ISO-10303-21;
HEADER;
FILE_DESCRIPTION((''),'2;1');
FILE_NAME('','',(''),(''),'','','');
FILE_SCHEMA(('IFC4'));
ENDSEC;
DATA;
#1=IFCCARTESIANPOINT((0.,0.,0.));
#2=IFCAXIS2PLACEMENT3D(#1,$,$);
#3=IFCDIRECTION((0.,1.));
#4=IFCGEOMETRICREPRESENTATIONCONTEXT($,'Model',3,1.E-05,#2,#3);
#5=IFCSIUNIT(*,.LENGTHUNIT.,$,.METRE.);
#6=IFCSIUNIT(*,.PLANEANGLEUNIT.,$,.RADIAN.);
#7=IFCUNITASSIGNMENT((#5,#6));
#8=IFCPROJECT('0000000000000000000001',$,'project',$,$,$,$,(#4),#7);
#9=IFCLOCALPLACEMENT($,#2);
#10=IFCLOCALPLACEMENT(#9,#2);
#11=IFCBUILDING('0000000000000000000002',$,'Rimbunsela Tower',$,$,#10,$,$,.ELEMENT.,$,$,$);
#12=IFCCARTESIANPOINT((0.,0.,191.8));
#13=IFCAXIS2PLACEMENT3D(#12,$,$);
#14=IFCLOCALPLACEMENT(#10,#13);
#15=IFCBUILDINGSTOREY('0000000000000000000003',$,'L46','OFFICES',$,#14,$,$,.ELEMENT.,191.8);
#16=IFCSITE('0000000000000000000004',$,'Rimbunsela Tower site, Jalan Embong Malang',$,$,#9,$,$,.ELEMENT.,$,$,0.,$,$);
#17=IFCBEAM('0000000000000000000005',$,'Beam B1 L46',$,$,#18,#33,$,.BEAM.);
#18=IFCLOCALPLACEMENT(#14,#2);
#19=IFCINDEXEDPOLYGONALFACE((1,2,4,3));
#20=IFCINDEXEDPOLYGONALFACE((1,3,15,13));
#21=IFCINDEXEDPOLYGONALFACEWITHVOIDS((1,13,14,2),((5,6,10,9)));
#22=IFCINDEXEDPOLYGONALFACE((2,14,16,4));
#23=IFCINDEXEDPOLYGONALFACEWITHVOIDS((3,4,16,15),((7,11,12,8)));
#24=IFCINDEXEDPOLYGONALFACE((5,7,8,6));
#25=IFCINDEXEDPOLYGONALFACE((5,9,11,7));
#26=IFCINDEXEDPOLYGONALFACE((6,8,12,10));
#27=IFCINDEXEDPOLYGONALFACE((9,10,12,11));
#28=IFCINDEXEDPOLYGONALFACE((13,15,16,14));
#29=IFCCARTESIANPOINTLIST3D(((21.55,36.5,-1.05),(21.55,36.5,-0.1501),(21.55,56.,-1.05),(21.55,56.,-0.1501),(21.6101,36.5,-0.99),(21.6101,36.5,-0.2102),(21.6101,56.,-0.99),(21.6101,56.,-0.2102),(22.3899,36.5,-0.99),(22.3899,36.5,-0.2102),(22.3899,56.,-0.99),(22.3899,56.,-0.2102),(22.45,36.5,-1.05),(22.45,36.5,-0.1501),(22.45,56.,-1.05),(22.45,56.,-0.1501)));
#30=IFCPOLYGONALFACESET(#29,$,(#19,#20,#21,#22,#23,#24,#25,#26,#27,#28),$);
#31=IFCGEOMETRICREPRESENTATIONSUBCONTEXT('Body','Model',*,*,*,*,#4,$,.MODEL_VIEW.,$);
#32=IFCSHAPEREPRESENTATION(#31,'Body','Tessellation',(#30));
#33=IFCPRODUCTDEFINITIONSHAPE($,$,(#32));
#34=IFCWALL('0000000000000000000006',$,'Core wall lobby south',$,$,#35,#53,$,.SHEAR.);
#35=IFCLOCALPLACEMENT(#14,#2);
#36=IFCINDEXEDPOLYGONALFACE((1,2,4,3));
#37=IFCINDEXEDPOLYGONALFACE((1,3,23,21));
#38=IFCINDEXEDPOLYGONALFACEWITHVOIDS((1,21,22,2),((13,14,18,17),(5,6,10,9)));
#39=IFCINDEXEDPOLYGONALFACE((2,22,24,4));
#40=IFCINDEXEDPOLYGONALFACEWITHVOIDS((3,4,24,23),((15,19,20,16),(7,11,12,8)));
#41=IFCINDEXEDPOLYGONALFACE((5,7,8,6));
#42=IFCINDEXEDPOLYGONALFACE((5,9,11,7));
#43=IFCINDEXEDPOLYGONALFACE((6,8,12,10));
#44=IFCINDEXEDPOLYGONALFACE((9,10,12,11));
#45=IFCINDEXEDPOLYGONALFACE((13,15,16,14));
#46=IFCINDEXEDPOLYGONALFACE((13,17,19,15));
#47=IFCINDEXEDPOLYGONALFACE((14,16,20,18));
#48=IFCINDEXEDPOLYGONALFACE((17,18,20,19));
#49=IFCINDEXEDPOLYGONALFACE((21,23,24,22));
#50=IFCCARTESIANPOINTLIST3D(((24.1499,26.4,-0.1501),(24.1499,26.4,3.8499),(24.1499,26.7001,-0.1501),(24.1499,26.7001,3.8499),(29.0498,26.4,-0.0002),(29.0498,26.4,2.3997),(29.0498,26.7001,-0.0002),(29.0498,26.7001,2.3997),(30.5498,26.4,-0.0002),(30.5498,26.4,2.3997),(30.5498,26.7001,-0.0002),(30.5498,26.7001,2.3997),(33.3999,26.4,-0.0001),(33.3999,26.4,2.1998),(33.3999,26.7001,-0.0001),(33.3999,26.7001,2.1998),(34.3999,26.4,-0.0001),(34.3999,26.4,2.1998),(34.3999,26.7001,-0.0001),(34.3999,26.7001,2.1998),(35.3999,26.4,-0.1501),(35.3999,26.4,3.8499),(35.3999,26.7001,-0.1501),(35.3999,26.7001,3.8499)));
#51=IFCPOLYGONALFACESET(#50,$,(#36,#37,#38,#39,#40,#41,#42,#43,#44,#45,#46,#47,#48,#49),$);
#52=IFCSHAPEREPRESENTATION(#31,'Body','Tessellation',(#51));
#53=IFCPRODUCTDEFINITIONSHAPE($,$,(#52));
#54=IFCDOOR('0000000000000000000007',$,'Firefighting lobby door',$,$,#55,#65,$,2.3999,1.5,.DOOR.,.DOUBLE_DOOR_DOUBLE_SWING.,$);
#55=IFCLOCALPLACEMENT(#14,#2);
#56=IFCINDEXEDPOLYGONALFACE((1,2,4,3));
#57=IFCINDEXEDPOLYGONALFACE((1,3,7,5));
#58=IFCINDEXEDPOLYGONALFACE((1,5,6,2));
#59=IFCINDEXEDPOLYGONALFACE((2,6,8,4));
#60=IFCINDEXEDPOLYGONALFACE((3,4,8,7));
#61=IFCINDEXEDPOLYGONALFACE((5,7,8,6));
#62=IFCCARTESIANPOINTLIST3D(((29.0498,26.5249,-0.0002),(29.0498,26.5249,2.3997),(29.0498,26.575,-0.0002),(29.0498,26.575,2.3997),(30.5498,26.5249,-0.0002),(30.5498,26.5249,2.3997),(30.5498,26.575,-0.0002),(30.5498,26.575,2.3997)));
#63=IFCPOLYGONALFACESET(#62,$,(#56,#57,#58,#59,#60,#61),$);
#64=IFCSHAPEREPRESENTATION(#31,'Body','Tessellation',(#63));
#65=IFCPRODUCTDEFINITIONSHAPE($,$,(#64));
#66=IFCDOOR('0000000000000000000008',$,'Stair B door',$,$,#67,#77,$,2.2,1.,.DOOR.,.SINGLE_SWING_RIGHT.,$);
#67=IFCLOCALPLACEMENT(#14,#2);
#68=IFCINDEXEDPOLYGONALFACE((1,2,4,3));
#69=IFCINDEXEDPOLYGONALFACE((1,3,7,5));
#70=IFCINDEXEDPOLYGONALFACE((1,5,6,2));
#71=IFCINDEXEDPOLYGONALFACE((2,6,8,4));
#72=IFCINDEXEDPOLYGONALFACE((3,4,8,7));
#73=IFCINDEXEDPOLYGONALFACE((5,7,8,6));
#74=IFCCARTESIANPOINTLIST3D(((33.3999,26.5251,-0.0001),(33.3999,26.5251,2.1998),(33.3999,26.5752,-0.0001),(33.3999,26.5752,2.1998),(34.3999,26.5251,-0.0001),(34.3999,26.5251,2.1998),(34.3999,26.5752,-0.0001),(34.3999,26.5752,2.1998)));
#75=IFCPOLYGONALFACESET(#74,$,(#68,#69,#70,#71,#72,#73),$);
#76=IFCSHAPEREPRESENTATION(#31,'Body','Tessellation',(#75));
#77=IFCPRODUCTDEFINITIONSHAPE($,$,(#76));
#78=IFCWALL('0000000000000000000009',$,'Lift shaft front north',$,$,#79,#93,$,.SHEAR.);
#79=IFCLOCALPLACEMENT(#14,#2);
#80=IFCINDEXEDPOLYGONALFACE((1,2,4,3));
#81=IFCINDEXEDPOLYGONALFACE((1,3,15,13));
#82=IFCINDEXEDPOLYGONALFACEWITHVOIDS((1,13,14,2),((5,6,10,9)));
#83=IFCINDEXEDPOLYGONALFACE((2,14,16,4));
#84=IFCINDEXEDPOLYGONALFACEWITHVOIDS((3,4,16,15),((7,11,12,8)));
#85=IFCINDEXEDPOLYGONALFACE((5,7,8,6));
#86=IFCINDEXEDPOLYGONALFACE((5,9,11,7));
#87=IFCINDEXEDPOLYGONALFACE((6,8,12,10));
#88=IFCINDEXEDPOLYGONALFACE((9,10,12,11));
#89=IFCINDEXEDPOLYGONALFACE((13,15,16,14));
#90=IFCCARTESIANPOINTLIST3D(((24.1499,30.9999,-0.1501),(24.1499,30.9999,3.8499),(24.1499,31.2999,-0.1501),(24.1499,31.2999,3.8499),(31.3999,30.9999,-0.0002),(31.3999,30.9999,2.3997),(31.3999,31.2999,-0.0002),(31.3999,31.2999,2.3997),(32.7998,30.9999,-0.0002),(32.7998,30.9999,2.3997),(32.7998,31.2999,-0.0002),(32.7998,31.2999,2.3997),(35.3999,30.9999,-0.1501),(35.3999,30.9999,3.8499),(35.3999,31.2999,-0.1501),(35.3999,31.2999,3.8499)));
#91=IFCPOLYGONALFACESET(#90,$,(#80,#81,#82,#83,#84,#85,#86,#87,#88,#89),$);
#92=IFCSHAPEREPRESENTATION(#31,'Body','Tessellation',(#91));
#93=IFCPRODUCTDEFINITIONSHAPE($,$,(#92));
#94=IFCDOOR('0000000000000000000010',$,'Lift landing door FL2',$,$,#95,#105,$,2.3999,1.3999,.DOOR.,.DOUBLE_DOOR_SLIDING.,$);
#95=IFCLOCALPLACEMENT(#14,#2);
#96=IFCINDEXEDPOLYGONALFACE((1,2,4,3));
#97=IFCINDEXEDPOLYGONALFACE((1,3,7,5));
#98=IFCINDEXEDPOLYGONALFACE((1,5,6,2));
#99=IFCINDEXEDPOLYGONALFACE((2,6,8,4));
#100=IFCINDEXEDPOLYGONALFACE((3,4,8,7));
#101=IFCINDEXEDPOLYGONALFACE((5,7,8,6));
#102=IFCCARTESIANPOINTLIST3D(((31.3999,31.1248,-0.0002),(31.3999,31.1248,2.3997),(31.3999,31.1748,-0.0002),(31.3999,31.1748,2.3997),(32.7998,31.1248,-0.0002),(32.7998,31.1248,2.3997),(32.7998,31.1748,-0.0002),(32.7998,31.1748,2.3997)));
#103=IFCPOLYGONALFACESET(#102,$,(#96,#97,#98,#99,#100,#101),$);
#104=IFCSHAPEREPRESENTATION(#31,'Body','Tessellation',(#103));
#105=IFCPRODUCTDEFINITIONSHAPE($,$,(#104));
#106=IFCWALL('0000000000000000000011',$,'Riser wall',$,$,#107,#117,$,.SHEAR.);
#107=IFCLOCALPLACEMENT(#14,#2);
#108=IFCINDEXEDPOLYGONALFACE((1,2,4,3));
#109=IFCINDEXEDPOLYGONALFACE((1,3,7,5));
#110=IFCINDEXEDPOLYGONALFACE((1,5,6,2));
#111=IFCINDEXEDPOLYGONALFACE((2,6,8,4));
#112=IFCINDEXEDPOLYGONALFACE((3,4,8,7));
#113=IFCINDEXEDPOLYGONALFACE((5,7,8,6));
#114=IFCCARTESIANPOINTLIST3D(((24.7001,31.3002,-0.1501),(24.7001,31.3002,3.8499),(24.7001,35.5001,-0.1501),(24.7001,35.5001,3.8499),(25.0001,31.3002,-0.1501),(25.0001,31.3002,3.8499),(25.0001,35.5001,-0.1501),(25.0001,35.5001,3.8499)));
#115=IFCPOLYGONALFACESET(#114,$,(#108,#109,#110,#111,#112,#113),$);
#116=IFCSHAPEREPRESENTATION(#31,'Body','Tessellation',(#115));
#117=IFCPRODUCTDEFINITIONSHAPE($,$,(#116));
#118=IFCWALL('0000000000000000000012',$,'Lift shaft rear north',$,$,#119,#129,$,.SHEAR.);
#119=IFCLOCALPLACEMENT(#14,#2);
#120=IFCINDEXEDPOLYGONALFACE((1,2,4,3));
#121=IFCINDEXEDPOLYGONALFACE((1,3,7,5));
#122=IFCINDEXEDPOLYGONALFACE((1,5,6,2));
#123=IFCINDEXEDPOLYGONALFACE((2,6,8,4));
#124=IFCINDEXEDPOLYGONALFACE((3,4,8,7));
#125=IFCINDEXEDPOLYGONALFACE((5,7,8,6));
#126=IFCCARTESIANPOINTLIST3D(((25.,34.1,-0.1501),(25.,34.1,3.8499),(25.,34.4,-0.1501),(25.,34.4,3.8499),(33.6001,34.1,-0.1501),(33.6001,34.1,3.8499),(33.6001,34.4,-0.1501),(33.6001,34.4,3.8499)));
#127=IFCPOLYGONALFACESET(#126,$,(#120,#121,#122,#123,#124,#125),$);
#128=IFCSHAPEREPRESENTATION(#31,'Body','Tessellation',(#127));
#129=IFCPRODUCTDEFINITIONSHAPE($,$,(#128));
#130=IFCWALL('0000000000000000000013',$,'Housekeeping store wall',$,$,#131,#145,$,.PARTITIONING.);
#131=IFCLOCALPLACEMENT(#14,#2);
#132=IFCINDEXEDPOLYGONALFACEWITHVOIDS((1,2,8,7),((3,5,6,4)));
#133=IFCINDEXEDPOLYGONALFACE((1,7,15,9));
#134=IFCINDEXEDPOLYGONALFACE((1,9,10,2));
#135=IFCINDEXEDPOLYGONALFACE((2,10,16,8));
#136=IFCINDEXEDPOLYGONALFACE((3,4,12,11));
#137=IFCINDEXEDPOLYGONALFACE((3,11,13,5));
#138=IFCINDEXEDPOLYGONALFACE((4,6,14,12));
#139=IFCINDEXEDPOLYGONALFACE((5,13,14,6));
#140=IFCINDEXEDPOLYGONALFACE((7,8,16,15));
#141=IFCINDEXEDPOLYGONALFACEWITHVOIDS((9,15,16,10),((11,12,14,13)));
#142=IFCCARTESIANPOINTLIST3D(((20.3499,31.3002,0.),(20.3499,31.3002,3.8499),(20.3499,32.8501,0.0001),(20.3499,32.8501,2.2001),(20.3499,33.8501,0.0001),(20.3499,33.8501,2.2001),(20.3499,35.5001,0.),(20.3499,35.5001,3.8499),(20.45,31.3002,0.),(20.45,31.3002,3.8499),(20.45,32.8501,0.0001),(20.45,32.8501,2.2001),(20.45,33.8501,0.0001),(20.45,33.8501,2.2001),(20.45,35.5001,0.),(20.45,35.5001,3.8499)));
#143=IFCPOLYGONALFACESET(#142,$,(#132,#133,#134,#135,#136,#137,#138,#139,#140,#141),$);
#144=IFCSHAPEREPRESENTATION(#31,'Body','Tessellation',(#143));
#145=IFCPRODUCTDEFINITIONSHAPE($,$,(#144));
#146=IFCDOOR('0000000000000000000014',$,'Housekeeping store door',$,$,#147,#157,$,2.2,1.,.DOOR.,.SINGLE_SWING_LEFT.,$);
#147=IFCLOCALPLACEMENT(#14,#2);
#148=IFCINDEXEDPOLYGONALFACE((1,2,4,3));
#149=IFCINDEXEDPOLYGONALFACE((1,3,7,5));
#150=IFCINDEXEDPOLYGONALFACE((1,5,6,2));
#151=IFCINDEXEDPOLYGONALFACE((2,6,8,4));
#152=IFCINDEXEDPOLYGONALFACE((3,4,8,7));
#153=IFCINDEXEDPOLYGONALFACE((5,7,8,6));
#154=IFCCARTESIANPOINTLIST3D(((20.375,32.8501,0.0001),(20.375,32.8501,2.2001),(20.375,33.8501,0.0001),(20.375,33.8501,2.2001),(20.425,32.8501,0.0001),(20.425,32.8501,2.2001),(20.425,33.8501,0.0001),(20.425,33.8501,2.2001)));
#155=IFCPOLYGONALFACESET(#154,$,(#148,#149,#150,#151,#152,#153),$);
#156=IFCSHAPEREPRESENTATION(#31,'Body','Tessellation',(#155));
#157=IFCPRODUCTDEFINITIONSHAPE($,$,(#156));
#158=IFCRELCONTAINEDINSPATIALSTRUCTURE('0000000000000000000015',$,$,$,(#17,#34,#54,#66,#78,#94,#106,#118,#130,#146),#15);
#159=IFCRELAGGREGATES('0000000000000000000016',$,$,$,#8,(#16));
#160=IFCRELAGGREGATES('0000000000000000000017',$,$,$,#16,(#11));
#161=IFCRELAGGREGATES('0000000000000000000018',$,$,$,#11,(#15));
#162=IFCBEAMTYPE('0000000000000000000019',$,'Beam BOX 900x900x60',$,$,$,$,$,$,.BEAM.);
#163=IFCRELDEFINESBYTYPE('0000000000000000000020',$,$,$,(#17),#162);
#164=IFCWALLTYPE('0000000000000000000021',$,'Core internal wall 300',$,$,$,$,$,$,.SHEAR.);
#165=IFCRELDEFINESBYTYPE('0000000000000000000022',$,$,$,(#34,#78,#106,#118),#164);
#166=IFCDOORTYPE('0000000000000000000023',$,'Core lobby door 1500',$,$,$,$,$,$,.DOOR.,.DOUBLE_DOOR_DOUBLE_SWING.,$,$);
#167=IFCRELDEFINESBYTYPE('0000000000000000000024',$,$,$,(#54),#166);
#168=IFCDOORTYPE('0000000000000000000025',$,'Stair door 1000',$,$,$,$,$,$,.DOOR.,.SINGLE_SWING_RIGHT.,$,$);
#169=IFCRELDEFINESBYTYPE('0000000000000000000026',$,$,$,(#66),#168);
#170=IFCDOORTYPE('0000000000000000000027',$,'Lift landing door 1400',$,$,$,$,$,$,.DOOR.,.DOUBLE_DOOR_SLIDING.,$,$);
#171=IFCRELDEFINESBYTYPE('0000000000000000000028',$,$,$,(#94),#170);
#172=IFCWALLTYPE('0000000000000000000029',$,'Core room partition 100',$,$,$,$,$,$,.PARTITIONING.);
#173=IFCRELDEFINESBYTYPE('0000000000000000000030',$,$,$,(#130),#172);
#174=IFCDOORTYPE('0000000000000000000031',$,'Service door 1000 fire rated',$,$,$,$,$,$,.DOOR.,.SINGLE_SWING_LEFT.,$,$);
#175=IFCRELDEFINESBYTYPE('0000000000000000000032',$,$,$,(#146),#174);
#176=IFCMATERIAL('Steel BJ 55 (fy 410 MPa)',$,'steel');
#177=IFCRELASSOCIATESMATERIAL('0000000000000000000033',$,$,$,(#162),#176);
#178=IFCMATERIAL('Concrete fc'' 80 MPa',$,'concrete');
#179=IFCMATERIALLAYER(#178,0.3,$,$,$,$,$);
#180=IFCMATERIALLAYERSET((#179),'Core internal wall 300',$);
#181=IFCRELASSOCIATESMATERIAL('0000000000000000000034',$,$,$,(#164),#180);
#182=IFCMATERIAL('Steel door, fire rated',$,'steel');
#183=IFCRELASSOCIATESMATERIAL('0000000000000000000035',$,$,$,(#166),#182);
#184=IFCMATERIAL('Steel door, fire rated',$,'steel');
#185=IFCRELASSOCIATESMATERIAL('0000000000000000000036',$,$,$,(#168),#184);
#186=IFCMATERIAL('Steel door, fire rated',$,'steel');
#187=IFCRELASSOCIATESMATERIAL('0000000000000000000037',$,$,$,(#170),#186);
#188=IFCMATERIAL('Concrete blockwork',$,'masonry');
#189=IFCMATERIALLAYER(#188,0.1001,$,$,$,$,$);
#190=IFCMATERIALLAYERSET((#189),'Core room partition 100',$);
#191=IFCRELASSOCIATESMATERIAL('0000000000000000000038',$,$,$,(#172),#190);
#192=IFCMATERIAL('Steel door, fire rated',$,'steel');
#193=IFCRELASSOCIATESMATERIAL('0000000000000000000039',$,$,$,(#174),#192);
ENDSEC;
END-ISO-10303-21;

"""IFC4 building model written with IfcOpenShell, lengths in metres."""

from ifc_helpers import new_model, si_unit, direction, frame, frame_2d, origin, origin_2d, place, context, subcontext, project, spatial, rectangle, hollow_rectangle, extrude, material, layer, layer_set, material_profile, profile_set, type_object, element, fill, save


model = new_model("IFC4")

# Units and contexts
model_context = context("Model", 3, precision=1e-05, world=origin(), true_north=direction((0.0, 1.0)))
body_context = subcontext(model_context, "Body", "Model", "MODEL_VIEW")
ifc_project = project(units=[si_unit("LENGTHUNIT", "METRE"), si_unit("PLANEANGLEUNIT", "RADIAN")], contexts=[model_context])

# Site, building, storey
site_placement = place(None, origin())
site = spatial("IfcSite", under=ifc_project, at=site_placement, Name="Rimbunsela Tower site, Jalan Embong Malang", CompositionType="ELEMENT", RefElevation=0.0)
building_placement = place(site_placement, origin())
building = spatial("IfcBuilding", under=site, at=building_placement, Name="Rimbunsela Tower", CompositionType="ELEMENT")
storey_placement = place(building_placement, frame((0.0, 0.0, 191.8)))
storey = spatial("IfcBuildingStorey", under=building, at=storey_placement, Name="L46", Description="OFFICES", CompositionType="ELEMENT", Elevation=191.8)

# Beam
ifc_material_1 = material(Name="Steel BJ 55 (fy 410 MPa)", Category="steel")
ifc_material_profile = material_profile(ifc_material_1, hollow_rectangle(XDim=0.8999, YDim=0.8999, WallThickness=0.0601, at=origin_2d()), Name="BOX 900x900x60")
ifc_profile_set = profile_set([ifc_material_profile], Name="Steel BJ 55 (fy 410 MPa)")
beam_type = type_object("IfcBeamType", Name="Beam BOX 900x900x60", PredefinedType="BEAM", material=ifc_profile_set)
beam_placement = place(storey_placement, frame((22.0, 36.5, -0.6001), z_axis=(0.0, 1.0, 0.0), x_axis=(-1.0, 0.0, 0.0)))
element("IfcBeam", 1, at=beam_placement, inside=storey, type_object=beam_type, Name="Beam B1 L46", PredefinedType="BEAM", context=body_context, shape_type="SweptSolid", body=[
    extrude(hollow_rectangle(XDim=0.8999, YDim=0.8999, WallThickness=0.0601, at=origin_2d()), origin(), (0.0, 0.0, 1.0), 19.5),
])

# Wall, openings, doors
ifc_material_2 = material(Name="Concrete fc' 80 MPa", Category="concrete")
ifc_layer_1 = layer(ifc_material_2, 0.3)
ifc_layer_set_1 = layer_set([ifc_layer_1], Name="Core internal wall 300")
wall_type_1 = type_object("IfcWallType", Name="Core internal wall 300", PredefinedType="SHEAR", material=ifc_layer_set_1)
wall_1_placement = place(storey_placement, frame((24.1499, 26.55, -0.1501), z_axis=(0.0, 0.0, 1.0), x_axis=(1.0, 0.0, 0.0)))
wall_1 = element("IfcWall", 2, at=wall_1_placement, inside=storey, type_object=wall_type_1, Name="Core wall lobby south", PredefinedType="SHEAR", context=body_context, shape_type="SweptSolid", body=[
    extrude(rectangle(XDim=11.25, YDim=0.3, at=frame_2d((5.625, 0.0))), origin(), (0.0, 0.0, 1.0), 4.0),
])
opening_1_placement = place(wall_1_placement, frame((9.25, 0.0, 0.1499)))
opening_1 = element("IfcOpeningElement", 3, at=opening_1_placement, cuts=wall_1, PredefinedType="OPENING", context=body_context, shape_type="SweptSolid", body=[
    extrude(rectangle(XDim=1.0, YDim=2.2, at=frame_2d((0.5, 1.1001))), frame((0.0, 0.1599, 0.0), z_axis=(0.0, -1.0, 0.0), x_axis=(1.0, 0.0, 0.0)), (0.0, 0.0, 1.0), 0.3201),
])
opening_2_placement = place(wall_1_placement, frame((4.8999, 0.0, 0.1499)))
opening_2 = element("IfcOpeningElement", 4, at=opening_2_placement, cuts=wall_1, PredefinedType="OPENING", context=body_context, shape_type="SweptSolid", body=[
    extrude(rectangle(XDim=1.5, YDim=2.3999, at=frame_2d((0.75, 1.2))), frame((0.0, 0.1599, 0.0), z_axis=(0.0, -1.0, 0.0), x_axis=(1.0, 0.0, 0.0)), (0.0, 0.0, 1.0), 0.3201),
])
ifc_material_3 = material(Name="Steel door, fire rated", Category="steel")
door_type_1 = type_object("IfcDoorType", Name="Core lobby door 1500", OperationType="DOUBLE_DOOR_DOUBLE_SWING", PredefinedType="DOOR", material=ifc_material_3)
door_1_placement = place(opening_2_placement, origin())
door_1 = element("IfcDoor", 5, at=door_1_placement, inside=storey, type_object=door_type_1, Name="Firefighting lobby door", OperationType="DOUBLE_DOOR_DOUBLE_SWING", OverallHeight=2.3999, OverallWidth=1.5, PredefinedType="DOOR", context=body_context, shape_type="SweptSolid", body=[
    extrude(rectangle(XDim=1.5, YDim=2.3999, at=frame_2d((0.75, 1.2))), frame((0.0, 0.0249, 0.0), z_axis=(0.0, -1.0, 0.0), x_axis=(1.0, 0.0, 0.0)), (0.0, 0.0, 1.0), 0.05),
])
fill(opening_2, door_1)
ifc_material_4 = material(Name="Steel door, fire rated", Category="steel")
door_type_2 = type_object("IfcDoorType", Name="Stair door 1000", OperationType="SINGLE_SWING_RIGHT", PredefinedType="DOOR", material=ifc_material_4)
door_2_placement = place(opening_1_placement, frame((1.0, 0.0, 0.0), z_axis=(0.0, 0.0, 1.0), x_axis=(-1.0, 0.0, 0.0)))
door_2 = element("IfcDoor", 6, at=door_2_placement, inside=storey, type_object=door_type_2, Name="Stair B door", OperationType="SINGLE_SWING_RIGHT", OverallHeight=2.2, OverallWidth=1.0, PredefinedType="DOOR", context=body_context, shape_type="SweptSolid", body=[
    extrude(rectangle(XDim=1.0, YDim=2.2, at=frame_2d((0.5, 1.1001))), frame((0.0, 0.0249, 0.0), z_axis=(0.0, -1.0, 0.0), x_axis=(1.0, 0.0, 0.0)), (0.0, 0.0, 1.0), 0.05),
])
fill(opening_1, door_2)

# Wall, opening, door
wall_2_placement = place(storey_placement, frame((24.1499, 31.1499, -0.1501), z_axis=(0.0, 0.0, 1.0), x_axis=(1.0, 0.0, 0.0)))
wall_2 = element("IfcWall", 7, at=wall_2_placement, inside=storey, type_object=wall_type_1, Name="Lift shaft front north", PredefinedType="SHEAR", context=body_context, shape_type="SweptSolid", body=[
    extrude(rectangle(XDim=11.25, YDim=0.3, at=frame_2d((5.625, 0.0))), origin(), (0.0, 0.0, 1.0), 4.0),
])
opening_3_placement = place(wall_2_placement, frame((7.25, 0.0, 0.1499)))
opening_3 = element("IfcOpeningElement", 8, at=opening_3_placement, cuts=wall_2, PredefinedType="OPENING", context=body_context, shape_type="SweptSolid", body=[
    extrude(rectangle(XDim=1.3999, YDim=2.3999, at=frame_2d((0.7, 1.2))), frame((0.0, 0.1599, 0.0), z_axis=(0.0, -1.0, 0.0), x_axis=(1.0, 0.0, 0.0)), (0.0, 0.0, 1.0), 0.3201),
])
ifc_material_5 = material(Name="Steel door, fire rated", Category="steel")
door_type_3 = type_object("IfcDoorType", Name="Lift landing door 1400", OperationType="DOUBLE_DOOR_SLIDING", PredefinedType="DOOR", material=ifc_material_5)
door_3_placement = place(opening_3_placement, origin())
door_3 = element("IfcDoor", 9, at=door_3_placement, inside=storey, type_object=door_type_3, Name="Lift landing door FL2", OperationType="DOUBLE_DOOR_SLIDING", OverallHeight=2.3999, OverallWidth=1.3999, PredefinedType="DOOR", context=body_context, shape_type="SweptSolid", body=[
    extrude(rectangle(XDim=1.3999, YDim=2.3999, at=frame_2d((0.7, 1.2))), frame((0.0, 0.0249, 0.0), z_axis=(0.0, -1.0, 0.0), x_axis=(1.0, 0.0, 0.0)), (0.0, 0.0, 1.0), 0.05),
])
fill(opening_3, door_3)

# Walls
wall_3_placement = place(storey_placement, frame((24.8501, 31.3, -0.1501), z_axis=(0.0, 0.0, 1.0), x_axis=(0.0, 1.0, 0.0)))
element("IfcWall", 10, at=wall_3_placement, inside=storey, type_object=wall_type_1, Name="Riser wall", PredefinedType="SHEAR", context=body_context, shape_type="SweptSolid", body=[
    extrude(rectangle(XDim=4.2, YDim=0.3, at=frame_2d((2.1001, 0.0))), origin(), (0.0, 0.0, 1.0), 4.0),
])
wall_4_placement = place(storey_placement, frame((25.0, 34.25, -0.1501), z_axis=(0.0, 0.0, 1.0), x_axis=(1.0, 0.0, 0.0)))
element("IfcWall", 11, at=wall_4_placement, inside=storey, type_object=wall_type_1, Name="Lift shaft rear north", PredefinedType="SHEAR", context=body_context, shape_type="SweptSolid", body=[
    extrude(rectangle(XDim=8.6001, YDim=0.3, at=frame_2d((4.3, 0.0))), origin(), (0.0, 0.0, 1.0), 4.0),
])

# Wall, opening, door
ifc_material_6 = material(Name="Concrete blockwork", Category="masonry")
ifc_layer_2 = layer(ifc_material_6, 0.1001)
ifc_layer_set_2 = layer_set([ifc_layer_2], Name="Core room partition 100")
wall_type_2 = type_object("IfcWallType", Name="Core room partition 100", PredefinedType="PARTITIONING", material=ifc_layer_set_2)
wall_5_placement = place(storey_placement, frame((20.3999, 31.3, 0.0), z_axis=(0.0, 0.0, 1.0), x_axis=(0.0, 1.0, 0.0)))
wall_5 = element("IfcWall", 12, at=wall_5_placement, inside=storey, type_object=wall_type_2, Name="Housekeeping store wall", PredefinedType="PARTITIONING", context=body_context, shape_type="SweptSolid", body=[
    extrude(rectangle(XDim=4.2, YDim=0.1001, at=frame_2d((2.1001, 0.0))), origin(), (0.0, 0.0, 1.0), 3.8499),
])
opening_4_placement = place(wall_5_placement, frame((1.55, 0.0, 0.0)))
opening_4 = element("IfcOpeningElement", 13, at=opening_4_placement, cuts=wall_5, PredefinedType="OPENING", context=body_context, shape_type="SweptSolid", body=[
    extrude(rectangle(XDim=1.0, YDim=2.2, at=frame_2d((0.5, 1.1001))), frame((0.0, 0.0601, 0.0), z_axis=(0.0, -1.0, 0.0), x_axis=(1.0, 0.0, 0.0)), (0.0, 0.0, 1.0), 0.1201),
])
ifc_material_7 = material(Name="Steel door, fire rated", Category="steel")
door_type_4 = type_object("IfcDoorType", Name="Service door 1000 fire rated", OperationType="SINGLE_SWING_LEFT", PredefinedType="DOOR", material=ifc_material_7)
door_4_placement = place(opening_4_placement, origin())
door_4 = element("IfcDoor", 14, at=door_4_placement, inside=storey, type_object=door_type_4, Name="Housekeeping store door", OperationType="SINGLE_SWING_LEFT", OverallHeight=2.2, OverallWidth=1.0, PredefinedType="DOOR", context=body_context, shape_type="SweptSolid", body=[
    extrude(rectangle(XDim=1.0, YDim=2.2, at=frame_2d((0.5, 1.1001))), frame((0.0, 0.0249, 0.0), z_axis=(0.0, -1.0, 0.0), x_axis=(1.0, 0.0, 0.0)), (0.0, 0.0, 1.0), 0.05),
])
fill(opening_4, door_4)

save(model, "model.ifc")
